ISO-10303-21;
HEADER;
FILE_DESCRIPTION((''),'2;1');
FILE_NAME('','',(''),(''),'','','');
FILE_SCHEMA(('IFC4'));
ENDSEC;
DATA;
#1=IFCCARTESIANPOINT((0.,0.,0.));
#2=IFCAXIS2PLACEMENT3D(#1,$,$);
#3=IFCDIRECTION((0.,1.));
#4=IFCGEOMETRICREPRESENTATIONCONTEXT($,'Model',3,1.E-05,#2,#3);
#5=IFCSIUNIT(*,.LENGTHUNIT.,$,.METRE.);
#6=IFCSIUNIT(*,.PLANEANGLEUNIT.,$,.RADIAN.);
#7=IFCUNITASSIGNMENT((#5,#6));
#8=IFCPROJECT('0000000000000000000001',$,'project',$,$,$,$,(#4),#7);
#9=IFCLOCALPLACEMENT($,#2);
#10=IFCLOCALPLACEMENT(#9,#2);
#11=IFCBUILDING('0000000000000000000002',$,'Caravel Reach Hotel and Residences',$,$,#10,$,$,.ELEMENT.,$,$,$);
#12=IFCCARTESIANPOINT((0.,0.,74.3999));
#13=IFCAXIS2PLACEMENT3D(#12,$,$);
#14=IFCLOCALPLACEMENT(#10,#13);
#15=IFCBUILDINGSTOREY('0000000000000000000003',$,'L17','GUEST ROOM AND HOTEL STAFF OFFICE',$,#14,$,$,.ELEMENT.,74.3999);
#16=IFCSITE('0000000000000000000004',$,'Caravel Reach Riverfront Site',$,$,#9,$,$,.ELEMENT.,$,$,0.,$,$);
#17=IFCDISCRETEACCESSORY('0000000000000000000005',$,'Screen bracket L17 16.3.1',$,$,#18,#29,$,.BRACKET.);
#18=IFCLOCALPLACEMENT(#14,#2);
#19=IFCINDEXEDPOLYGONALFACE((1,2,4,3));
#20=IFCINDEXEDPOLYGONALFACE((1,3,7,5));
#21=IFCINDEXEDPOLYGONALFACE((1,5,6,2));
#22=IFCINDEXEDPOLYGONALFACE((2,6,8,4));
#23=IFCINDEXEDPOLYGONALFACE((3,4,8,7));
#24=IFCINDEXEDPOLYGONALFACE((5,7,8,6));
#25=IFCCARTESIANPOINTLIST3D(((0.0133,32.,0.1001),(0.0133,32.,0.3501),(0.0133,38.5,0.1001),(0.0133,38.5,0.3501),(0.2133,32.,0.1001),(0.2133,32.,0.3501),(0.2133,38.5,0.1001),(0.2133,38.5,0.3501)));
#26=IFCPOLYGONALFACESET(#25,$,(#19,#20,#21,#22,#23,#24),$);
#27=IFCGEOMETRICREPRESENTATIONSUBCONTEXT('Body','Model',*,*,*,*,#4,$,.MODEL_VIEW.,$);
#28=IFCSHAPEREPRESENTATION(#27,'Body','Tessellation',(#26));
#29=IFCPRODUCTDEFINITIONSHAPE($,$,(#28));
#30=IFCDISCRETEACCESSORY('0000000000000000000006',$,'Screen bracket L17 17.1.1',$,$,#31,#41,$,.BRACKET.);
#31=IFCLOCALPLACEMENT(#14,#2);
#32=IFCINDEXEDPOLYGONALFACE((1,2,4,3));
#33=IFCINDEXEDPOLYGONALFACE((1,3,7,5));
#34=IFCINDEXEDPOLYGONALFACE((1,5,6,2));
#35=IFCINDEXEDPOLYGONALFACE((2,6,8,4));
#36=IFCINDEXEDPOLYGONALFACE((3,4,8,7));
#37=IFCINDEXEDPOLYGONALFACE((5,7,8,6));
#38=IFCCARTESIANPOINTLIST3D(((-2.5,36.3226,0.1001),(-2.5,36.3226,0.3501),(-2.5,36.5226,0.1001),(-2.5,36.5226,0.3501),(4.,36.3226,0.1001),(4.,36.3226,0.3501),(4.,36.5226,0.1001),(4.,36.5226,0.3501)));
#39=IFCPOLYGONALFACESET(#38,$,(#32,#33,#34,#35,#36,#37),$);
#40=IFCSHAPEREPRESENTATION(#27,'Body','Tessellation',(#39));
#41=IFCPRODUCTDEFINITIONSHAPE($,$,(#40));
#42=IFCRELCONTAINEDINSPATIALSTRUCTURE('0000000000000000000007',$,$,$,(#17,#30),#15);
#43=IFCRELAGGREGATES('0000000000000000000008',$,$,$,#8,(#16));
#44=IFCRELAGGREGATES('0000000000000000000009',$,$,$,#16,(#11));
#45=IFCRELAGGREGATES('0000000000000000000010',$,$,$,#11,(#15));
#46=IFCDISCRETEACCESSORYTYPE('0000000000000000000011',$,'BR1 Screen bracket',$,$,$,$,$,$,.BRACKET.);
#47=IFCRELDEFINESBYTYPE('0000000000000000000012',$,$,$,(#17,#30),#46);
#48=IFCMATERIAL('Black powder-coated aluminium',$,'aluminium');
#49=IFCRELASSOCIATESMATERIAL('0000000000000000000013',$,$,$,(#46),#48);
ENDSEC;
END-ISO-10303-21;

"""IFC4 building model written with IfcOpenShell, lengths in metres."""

from ifc_helpers import new_model, si_unit, direction, frame, origin, origin_2d, place, context, subcontext, project, spatial, rectangle, extrude, material, type_object, element, save


model = new_model("IFC4")

# Units and contexts
model_context = context("Model", 3, precision=1e-05, world=origin(), true_north=direction((0.0, 1.0)))
body_context = subcontext(model_context, "Body", "Model", "MODEL_VIEW")
ifc_project = project(units=[si_unit("LENGTHUNIT", "METRE"), si_unit("PLANEANGLEUNIT", "RADIAN")], contexts=[model_context])

# Site, building, storey
site_placement = place(None, origin())
site = spatial("IfcSite", under=ifc_project, at=site_placement, Name="Caravel Reach Riverfront Site", CompositionType="ELEMENT", RefElevation=0.0)
building_placement = place(site_placement, origin())
building = spatial("IfcBuilding", under=site, at=building_placement, Name="Caravel Reach Hotel and Residences", CompositionType="ELEMENT")
storey_placement = place(building_placement, frame((0.0, 0.0, 74.3999)))
storey = spatial("IfcBuildingStorey", under=building, at=storey_placement, Name="L17", Description="GUEST ROOM AND HOTEL STAFF OFFICE", CompositionType="ELEMENT", Elevation=74.3999)

# Discrete accessories
ifc_material_1 = material(Name="Black powder-coated aluminium", Category="aluminium")
discrete_accessory_type = type_object("IfcDiscreteAccessoryType", Name="BR1 Screen bracket", PredefinedType="BRACKET", material=ifc_material_1)
for number, where, z_axis, x_axis, name in (
    (1, (0.1133, 35.25, 0.1001), (0.0, 0.0, 1.0), (0.0, 1.0, 0.0), "Screen bracket L17 16.3.1"),
    (2, (0.75, 36.4226, 0.1001), (0.0, 0.0, 1.0), (-1.0, 0.0, 0.0), "Screen bracket L17 17.1.1"),
):
    element("IfcDiscreteAccessory", number, at=place(storey_placement, frame(where, z_axis=z_axis, x_axis=x_axis)), inside=storey, type_object=discrete_accessory_type, Name=name, PredefinedType="BRACKET", context=body_context, shape_type="SweptSolid", body=[
        extrude(rectangle(XDim=6.5, YDim=0.2, at=origin_2d()), origin(), (0.0, 0.0, 1.0), 0.25),
    ])

save(model, "model.ifc")
